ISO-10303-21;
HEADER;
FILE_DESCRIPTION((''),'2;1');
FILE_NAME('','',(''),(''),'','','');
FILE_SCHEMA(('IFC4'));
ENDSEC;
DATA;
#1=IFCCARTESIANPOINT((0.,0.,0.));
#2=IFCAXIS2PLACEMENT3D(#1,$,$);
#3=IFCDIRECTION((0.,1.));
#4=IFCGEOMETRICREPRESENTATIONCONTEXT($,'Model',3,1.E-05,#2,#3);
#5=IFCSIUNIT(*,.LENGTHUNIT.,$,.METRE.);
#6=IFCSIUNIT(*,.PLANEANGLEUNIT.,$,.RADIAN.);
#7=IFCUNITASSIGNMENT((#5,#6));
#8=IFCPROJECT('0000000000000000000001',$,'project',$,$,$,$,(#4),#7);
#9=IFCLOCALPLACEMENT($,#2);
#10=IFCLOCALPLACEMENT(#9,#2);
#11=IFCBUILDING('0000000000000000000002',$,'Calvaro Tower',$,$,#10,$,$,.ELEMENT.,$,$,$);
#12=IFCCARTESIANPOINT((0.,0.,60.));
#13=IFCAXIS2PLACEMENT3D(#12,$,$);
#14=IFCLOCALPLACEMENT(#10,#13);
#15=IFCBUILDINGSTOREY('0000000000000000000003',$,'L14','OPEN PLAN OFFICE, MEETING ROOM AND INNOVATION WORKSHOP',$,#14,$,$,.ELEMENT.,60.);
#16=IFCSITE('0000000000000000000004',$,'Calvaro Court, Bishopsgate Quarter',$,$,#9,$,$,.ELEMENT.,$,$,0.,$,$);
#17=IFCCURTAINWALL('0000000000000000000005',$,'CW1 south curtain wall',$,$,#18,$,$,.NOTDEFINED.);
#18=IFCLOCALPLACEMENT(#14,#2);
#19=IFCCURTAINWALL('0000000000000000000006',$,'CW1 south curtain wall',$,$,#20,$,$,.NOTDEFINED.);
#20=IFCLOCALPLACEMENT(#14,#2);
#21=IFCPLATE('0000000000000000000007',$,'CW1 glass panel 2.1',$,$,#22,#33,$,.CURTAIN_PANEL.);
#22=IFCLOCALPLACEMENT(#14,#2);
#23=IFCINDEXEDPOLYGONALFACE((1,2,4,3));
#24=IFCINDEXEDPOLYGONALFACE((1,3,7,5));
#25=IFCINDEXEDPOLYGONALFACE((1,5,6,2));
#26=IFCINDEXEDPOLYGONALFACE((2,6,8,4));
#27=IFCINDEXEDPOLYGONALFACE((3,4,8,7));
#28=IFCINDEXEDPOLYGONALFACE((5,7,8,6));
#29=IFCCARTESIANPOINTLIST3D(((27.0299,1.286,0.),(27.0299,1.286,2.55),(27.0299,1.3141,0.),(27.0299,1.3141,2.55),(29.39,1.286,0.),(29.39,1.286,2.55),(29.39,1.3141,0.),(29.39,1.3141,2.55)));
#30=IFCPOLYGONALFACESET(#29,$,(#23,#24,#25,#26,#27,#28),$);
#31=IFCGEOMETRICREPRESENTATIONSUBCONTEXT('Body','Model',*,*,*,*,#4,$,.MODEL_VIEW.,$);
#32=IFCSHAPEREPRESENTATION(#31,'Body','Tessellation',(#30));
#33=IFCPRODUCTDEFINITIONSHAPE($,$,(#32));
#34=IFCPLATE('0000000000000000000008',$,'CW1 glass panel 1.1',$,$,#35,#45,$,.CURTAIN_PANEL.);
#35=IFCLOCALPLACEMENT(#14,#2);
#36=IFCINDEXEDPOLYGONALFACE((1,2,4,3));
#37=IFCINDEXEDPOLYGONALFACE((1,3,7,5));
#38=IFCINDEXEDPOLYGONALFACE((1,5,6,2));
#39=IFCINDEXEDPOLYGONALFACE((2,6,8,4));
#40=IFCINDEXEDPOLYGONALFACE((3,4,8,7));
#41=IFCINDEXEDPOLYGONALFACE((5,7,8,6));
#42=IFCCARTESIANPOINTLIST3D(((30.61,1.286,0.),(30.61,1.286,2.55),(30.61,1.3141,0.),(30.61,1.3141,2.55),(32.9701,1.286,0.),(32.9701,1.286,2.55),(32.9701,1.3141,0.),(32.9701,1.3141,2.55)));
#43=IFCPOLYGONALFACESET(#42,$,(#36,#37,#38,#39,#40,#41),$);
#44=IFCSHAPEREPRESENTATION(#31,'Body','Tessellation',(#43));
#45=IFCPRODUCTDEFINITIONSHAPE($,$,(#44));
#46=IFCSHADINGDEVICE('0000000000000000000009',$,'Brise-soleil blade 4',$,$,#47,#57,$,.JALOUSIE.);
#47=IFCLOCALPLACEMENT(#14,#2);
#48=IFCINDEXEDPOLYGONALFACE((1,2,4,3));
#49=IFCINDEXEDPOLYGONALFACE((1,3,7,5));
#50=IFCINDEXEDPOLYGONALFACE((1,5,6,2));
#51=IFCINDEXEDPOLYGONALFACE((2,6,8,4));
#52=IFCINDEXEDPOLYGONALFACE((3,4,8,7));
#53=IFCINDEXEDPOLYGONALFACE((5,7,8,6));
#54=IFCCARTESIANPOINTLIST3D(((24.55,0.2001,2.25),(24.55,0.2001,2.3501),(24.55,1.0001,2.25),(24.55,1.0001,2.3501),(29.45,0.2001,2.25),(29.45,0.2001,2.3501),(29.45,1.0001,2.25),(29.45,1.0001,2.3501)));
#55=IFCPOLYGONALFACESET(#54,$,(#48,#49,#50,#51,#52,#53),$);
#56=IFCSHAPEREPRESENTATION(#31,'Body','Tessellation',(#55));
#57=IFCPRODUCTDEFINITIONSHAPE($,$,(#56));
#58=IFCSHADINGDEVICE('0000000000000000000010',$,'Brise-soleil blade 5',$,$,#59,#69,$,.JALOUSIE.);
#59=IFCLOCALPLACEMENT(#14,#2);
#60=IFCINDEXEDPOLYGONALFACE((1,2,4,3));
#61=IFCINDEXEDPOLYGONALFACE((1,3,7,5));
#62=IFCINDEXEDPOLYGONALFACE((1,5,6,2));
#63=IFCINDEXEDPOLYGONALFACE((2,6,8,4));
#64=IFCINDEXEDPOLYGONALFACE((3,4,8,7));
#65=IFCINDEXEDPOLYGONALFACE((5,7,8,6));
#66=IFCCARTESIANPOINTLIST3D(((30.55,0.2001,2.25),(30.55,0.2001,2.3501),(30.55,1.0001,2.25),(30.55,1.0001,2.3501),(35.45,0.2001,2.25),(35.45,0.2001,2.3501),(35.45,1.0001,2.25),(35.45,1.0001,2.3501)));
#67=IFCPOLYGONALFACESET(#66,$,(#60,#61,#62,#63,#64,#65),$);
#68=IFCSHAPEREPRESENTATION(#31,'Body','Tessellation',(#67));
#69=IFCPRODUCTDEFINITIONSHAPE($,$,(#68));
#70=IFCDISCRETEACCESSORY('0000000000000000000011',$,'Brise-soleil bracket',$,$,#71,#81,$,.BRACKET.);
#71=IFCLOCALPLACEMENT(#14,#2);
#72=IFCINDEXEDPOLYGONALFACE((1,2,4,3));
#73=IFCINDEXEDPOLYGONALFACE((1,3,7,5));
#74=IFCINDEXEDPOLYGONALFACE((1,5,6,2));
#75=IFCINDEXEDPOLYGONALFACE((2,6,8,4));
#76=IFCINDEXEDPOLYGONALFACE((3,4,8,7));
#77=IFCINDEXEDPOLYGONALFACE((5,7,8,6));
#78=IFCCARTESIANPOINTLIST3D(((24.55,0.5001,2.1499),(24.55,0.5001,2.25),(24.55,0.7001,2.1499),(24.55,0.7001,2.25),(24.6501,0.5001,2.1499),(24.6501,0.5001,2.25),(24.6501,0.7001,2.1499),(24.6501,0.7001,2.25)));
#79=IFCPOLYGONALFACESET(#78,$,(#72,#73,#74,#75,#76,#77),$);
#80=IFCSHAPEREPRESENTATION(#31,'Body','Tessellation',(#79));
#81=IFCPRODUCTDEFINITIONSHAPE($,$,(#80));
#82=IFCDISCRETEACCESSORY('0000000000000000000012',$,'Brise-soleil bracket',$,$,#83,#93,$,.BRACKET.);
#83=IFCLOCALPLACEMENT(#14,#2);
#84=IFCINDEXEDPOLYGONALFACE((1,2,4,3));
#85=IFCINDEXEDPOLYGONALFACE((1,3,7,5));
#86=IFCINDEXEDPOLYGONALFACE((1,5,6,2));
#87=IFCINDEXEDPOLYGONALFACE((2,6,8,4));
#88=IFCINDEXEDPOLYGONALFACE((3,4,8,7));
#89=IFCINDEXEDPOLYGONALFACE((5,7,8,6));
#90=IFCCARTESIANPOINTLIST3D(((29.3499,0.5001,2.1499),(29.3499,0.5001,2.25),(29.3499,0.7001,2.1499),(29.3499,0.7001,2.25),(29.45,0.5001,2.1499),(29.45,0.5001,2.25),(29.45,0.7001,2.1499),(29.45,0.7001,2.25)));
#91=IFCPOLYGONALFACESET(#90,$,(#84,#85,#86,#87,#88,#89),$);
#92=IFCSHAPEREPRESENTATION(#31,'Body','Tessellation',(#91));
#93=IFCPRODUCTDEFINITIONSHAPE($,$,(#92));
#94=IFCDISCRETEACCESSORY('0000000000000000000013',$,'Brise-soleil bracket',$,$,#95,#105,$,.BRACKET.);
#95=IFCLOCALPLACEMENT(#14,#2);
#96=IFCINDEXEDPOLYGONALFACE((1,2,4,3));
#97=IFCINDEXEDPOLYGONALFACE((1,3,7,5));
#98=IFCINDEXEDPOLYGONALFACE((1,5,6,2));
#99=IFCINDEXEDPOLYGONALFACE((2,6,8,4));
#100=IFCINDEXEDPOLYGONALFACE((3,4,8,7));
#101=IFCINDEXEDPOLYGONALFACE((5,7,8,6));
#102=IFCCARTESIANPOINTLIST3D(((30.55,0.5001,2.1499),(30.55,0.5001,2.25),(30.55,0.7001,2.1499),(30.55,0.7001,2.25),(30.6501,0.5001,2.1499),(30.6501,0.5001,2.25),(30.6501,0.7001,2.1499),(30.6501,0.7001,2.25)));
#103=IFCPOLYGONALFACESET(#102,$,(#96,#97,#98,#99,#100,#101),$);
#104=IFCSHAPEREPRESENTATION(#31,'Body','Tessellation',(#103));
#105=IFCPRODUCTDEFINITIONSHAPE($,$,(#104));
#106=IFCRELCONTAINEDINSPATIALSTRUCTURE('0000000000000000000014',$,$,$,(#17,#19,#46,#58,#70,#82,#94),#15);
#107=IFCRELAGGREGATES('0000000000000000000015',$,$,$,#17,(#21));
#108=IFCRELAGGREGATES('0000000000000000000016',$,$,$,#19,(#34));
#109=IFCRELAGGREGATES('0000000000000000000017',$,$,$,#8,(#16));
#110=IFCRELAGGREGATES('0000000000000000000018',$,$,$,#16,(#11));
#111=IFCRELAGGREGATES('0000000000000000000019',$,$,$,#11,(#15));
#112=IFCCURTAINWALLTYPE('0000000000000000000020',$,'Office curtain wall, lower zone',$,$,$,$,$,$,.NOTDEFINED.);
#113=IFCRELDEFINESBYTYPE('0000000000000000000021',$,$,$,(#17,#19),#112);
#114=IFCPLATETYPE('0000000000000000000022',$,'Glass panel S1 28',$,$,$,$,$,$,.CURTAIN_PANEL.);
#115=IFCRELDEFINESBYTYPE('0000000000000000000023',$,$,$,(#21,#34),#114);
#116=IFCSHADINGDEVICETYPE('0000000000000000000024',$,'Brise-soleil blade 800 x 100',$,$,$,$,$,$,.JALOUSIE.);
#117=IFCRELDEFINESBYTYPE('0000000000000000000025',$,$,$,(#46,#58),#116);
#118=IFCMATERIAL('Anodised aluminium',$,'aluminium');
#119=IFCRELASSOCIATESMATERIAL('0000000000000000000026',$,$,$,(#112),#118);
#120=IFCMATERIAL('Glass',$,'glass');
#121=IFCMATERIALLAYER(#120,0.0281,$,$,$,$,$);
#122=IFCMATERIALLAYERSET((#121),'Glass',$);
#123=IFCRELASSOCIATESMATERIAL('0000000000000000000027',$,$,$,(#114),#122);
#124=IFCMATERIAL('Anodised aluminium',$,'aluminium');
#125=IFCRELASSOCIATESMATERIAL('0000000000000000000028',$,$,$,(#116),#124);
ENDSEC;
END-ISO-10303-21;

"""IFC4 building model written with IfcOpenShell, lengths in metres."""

from ifc_helpers import new_model, si_unit, direction, frame, origin, origin_2d, place, context, subcontext, project, spatial, rectangle, extrude, material, layer, layer_set, material_profile, profile_set, type_object, element, aggregate, save


model = new_model("IFC4")

# Units and contexts
model_context = context("Model", 3, precision=1e-05, world=origin(), true_north=direction((0.0, 1.0)))
body_context = subcontext(model_context, "Body", "Model", "MODEL_VIEW")
ifc_project = project(units=[si_unit("LENGTHUNIT", "METRE"), si_unit("PLANEANGLEUNIT", "RADIAN")], contexts=[model_context])

# Site, building, storey
site_placement = place(None, origin())
site = spatial("IfcSite", under=ifc_project, at=site_placement, Name="Calvaro Court, Bishopsgate Quarter", CompositionType="ELEMENT", RefElevation=0.0)
building_placement = place(site_placement, origin())
building = spatial("IfcBuilding", under=site, at=building_placement, Name="Calvaro Tower", CompositionType="ELEMENT")
storey_placement = place(building_placement, frame((0.0, 0.0, 60.0)))
storey = spatial("IfcBuildingStorey", under=building, at=storey_placement, Name="L14", Description="OPEN PLAN OFFICE, MEETING ROOM AND INNOVATION WORKSHOP", CompositionType="ELEMENT", Elevation=60.0)

# Curtain walls
ifc_material_1 = material(Name="Anodised aluminium", Category="aluminium")
curtain_wall_type = type_object("IfcCurtainWallType", Name="Office curtain wall, lower zone", PredefinedType="NOTDEFINED", material=ifc_material_1)
curtain_wall_1_placement = place(storey_placement, origin())
curtain_wall_1 = element("IfcCurtainWall", 1, at=curtain_wall_1_placement, inside=storey, type_object=curtain_wall_type, Name="CW1 south curtain wall", PredefinedType="NOTDEFINED")
curtain_wall_2_placement = place(storey_placement, origin())
curtain_wall_2 = element("IfcCurtainWall", 2, at=curtain_wall_2_placement, inside=storey, type_object=curtain_wall_type, Name="CW1 south curtain wall", PredefinedType="NOTDEFINED")

# Plates
ifc_material_2 = material(Name="Glass", Category="glass")
ifc_layer = layer(ifc_material_2, 0.0281)
ifc_layer_set = layer_set([ifc_layer], Name="Glass")
plate_type = type_object("IfcPlateType", Name="Glass panel S1 28", PredefinedType="CURTAIN_PANEL", material=ifc_layer_set)
plate_1_placement = place(storey_placement, frame((28.21, 1.3, 0.0), z_axis=(0.0, 0.0, 1.0), x_axis=(1.0, 0.0, 0.0)))
plate_1 = element("IfcPlate", 3, at=plate_1_placement, type_object=plate_type, Name="CW1 glass panel 2.1", PredefinedType="CURTAIN_PANEL", context=body_context, shape_type="SweptSolid", body=[
    extrude(rectangle(XDim=2.3601, YDim=0.0281, at=origin_2d()), origin(), (0.0, 0.0, 1.0), 2.55),
])
aggregate(curtain_wall_1, [plate_1])
plate_2_placement = place(storey_placement, frame((31.79, 1.3, 0.0), z_axis=(0.0, 0.0, 1.0), x_axis=(1.0, 0.0, 0.0)))
plate_2 = element("IfcPlate", 4, at=plate_2_placement, type_object=plate_type, Name="CW1 glass panel 1.1", PredefinedType="CURTAIN_PANEL", context=body_context, shape_type="SweptSolid", body=[
    extrude(rectangle(XDim=2.3601, YDim=0.0281, at=origin_2d()), origin(), (0.0, 0.0, 1.0), 2.55),
])
aggregate(curtain_wall_2, [plate_2])

# Shading devices
ifc_material_3 = material(Name="Anodised aluminium", Category="aluminium")
ifc_material_profile_1 = material_profile(ifc_material_3, rectangle(XDim=0.8, YDim=0.1001, at=origin_2d()), Name="Brise-soleil blade 800 x 100")
ifc_profile_set_1 = profile_set([ifc_material_profile_1], Name="Anodised aluminium")
shading_device_type = type_object("IfcShadingDeviceType", Name="Brise-soleil blade 800 x 100", PredefinedType="JALOUSIE", material=ifc_profile_set_1)
for number, where, z_axis, x_axis, name in (
    (5, (24.55, 0.6001, 2.3), (1.0, 0.0, 0.0), (0.0, 1.0, 0.0), "Brise-soleil blade 4"),
    (6, (30.55, 0.6001, 2.3), (1.0, 0.0, 0.0), (0.0, 1.0, 0.0), "Brise-soleil blade 5"),
):
    element("IfcShadingDevice", number, at=place(storey_placement, frame(where, z_axis=z_axis, x_axis=x_axis)), inside=storey, type_object=shading_device_type, Name=name, PredefinedType="JALOUSIE", context=body_context, shape_type="SweptSolid", body=[
        extrude(rectangle(XDim=0.8, YDim=0.1001, at=origin_2d()), origin(), (0.0, 0.0, 1.0), 4.8999),
    ])

# Discrete accessories
for number, where, z_axis, x_axis, name in (
    (7, (24.6001, 0.6001, 2.1499), (0.0, 0.0, 1.0), (1.0, 0.0, 0.0), "Brise-soleil bracket"),
    (8, (29.3999, 0.6001, 2.1499), (0.0, 0.0, 1.0), (1.0, 0.0, 0.0), "Brise-soleil bracket"),
    (9, (30.6001, 0.6001, 2.1499), (0.0, 0.0, 1.0), (1.0, 0.0, 0.0), "Brise-soleil bracket"),
):
    element("IfcDiscreteAccessory", number, at=place(storey_placement, frame(where, z_axis=z_axis, x_axis=x_axis)), inside=storey, Name=name, PredefinedType="BRACKET", context=body_context, shape_type="SweptSolid", body=[
        extrude(rectangle(XDim=0.1001, YDim=0.2, at=origin_2d()), origin(), (0.0, 0.0, 1.0), 0.1001),
    ])

save(model, "model.ifc")
